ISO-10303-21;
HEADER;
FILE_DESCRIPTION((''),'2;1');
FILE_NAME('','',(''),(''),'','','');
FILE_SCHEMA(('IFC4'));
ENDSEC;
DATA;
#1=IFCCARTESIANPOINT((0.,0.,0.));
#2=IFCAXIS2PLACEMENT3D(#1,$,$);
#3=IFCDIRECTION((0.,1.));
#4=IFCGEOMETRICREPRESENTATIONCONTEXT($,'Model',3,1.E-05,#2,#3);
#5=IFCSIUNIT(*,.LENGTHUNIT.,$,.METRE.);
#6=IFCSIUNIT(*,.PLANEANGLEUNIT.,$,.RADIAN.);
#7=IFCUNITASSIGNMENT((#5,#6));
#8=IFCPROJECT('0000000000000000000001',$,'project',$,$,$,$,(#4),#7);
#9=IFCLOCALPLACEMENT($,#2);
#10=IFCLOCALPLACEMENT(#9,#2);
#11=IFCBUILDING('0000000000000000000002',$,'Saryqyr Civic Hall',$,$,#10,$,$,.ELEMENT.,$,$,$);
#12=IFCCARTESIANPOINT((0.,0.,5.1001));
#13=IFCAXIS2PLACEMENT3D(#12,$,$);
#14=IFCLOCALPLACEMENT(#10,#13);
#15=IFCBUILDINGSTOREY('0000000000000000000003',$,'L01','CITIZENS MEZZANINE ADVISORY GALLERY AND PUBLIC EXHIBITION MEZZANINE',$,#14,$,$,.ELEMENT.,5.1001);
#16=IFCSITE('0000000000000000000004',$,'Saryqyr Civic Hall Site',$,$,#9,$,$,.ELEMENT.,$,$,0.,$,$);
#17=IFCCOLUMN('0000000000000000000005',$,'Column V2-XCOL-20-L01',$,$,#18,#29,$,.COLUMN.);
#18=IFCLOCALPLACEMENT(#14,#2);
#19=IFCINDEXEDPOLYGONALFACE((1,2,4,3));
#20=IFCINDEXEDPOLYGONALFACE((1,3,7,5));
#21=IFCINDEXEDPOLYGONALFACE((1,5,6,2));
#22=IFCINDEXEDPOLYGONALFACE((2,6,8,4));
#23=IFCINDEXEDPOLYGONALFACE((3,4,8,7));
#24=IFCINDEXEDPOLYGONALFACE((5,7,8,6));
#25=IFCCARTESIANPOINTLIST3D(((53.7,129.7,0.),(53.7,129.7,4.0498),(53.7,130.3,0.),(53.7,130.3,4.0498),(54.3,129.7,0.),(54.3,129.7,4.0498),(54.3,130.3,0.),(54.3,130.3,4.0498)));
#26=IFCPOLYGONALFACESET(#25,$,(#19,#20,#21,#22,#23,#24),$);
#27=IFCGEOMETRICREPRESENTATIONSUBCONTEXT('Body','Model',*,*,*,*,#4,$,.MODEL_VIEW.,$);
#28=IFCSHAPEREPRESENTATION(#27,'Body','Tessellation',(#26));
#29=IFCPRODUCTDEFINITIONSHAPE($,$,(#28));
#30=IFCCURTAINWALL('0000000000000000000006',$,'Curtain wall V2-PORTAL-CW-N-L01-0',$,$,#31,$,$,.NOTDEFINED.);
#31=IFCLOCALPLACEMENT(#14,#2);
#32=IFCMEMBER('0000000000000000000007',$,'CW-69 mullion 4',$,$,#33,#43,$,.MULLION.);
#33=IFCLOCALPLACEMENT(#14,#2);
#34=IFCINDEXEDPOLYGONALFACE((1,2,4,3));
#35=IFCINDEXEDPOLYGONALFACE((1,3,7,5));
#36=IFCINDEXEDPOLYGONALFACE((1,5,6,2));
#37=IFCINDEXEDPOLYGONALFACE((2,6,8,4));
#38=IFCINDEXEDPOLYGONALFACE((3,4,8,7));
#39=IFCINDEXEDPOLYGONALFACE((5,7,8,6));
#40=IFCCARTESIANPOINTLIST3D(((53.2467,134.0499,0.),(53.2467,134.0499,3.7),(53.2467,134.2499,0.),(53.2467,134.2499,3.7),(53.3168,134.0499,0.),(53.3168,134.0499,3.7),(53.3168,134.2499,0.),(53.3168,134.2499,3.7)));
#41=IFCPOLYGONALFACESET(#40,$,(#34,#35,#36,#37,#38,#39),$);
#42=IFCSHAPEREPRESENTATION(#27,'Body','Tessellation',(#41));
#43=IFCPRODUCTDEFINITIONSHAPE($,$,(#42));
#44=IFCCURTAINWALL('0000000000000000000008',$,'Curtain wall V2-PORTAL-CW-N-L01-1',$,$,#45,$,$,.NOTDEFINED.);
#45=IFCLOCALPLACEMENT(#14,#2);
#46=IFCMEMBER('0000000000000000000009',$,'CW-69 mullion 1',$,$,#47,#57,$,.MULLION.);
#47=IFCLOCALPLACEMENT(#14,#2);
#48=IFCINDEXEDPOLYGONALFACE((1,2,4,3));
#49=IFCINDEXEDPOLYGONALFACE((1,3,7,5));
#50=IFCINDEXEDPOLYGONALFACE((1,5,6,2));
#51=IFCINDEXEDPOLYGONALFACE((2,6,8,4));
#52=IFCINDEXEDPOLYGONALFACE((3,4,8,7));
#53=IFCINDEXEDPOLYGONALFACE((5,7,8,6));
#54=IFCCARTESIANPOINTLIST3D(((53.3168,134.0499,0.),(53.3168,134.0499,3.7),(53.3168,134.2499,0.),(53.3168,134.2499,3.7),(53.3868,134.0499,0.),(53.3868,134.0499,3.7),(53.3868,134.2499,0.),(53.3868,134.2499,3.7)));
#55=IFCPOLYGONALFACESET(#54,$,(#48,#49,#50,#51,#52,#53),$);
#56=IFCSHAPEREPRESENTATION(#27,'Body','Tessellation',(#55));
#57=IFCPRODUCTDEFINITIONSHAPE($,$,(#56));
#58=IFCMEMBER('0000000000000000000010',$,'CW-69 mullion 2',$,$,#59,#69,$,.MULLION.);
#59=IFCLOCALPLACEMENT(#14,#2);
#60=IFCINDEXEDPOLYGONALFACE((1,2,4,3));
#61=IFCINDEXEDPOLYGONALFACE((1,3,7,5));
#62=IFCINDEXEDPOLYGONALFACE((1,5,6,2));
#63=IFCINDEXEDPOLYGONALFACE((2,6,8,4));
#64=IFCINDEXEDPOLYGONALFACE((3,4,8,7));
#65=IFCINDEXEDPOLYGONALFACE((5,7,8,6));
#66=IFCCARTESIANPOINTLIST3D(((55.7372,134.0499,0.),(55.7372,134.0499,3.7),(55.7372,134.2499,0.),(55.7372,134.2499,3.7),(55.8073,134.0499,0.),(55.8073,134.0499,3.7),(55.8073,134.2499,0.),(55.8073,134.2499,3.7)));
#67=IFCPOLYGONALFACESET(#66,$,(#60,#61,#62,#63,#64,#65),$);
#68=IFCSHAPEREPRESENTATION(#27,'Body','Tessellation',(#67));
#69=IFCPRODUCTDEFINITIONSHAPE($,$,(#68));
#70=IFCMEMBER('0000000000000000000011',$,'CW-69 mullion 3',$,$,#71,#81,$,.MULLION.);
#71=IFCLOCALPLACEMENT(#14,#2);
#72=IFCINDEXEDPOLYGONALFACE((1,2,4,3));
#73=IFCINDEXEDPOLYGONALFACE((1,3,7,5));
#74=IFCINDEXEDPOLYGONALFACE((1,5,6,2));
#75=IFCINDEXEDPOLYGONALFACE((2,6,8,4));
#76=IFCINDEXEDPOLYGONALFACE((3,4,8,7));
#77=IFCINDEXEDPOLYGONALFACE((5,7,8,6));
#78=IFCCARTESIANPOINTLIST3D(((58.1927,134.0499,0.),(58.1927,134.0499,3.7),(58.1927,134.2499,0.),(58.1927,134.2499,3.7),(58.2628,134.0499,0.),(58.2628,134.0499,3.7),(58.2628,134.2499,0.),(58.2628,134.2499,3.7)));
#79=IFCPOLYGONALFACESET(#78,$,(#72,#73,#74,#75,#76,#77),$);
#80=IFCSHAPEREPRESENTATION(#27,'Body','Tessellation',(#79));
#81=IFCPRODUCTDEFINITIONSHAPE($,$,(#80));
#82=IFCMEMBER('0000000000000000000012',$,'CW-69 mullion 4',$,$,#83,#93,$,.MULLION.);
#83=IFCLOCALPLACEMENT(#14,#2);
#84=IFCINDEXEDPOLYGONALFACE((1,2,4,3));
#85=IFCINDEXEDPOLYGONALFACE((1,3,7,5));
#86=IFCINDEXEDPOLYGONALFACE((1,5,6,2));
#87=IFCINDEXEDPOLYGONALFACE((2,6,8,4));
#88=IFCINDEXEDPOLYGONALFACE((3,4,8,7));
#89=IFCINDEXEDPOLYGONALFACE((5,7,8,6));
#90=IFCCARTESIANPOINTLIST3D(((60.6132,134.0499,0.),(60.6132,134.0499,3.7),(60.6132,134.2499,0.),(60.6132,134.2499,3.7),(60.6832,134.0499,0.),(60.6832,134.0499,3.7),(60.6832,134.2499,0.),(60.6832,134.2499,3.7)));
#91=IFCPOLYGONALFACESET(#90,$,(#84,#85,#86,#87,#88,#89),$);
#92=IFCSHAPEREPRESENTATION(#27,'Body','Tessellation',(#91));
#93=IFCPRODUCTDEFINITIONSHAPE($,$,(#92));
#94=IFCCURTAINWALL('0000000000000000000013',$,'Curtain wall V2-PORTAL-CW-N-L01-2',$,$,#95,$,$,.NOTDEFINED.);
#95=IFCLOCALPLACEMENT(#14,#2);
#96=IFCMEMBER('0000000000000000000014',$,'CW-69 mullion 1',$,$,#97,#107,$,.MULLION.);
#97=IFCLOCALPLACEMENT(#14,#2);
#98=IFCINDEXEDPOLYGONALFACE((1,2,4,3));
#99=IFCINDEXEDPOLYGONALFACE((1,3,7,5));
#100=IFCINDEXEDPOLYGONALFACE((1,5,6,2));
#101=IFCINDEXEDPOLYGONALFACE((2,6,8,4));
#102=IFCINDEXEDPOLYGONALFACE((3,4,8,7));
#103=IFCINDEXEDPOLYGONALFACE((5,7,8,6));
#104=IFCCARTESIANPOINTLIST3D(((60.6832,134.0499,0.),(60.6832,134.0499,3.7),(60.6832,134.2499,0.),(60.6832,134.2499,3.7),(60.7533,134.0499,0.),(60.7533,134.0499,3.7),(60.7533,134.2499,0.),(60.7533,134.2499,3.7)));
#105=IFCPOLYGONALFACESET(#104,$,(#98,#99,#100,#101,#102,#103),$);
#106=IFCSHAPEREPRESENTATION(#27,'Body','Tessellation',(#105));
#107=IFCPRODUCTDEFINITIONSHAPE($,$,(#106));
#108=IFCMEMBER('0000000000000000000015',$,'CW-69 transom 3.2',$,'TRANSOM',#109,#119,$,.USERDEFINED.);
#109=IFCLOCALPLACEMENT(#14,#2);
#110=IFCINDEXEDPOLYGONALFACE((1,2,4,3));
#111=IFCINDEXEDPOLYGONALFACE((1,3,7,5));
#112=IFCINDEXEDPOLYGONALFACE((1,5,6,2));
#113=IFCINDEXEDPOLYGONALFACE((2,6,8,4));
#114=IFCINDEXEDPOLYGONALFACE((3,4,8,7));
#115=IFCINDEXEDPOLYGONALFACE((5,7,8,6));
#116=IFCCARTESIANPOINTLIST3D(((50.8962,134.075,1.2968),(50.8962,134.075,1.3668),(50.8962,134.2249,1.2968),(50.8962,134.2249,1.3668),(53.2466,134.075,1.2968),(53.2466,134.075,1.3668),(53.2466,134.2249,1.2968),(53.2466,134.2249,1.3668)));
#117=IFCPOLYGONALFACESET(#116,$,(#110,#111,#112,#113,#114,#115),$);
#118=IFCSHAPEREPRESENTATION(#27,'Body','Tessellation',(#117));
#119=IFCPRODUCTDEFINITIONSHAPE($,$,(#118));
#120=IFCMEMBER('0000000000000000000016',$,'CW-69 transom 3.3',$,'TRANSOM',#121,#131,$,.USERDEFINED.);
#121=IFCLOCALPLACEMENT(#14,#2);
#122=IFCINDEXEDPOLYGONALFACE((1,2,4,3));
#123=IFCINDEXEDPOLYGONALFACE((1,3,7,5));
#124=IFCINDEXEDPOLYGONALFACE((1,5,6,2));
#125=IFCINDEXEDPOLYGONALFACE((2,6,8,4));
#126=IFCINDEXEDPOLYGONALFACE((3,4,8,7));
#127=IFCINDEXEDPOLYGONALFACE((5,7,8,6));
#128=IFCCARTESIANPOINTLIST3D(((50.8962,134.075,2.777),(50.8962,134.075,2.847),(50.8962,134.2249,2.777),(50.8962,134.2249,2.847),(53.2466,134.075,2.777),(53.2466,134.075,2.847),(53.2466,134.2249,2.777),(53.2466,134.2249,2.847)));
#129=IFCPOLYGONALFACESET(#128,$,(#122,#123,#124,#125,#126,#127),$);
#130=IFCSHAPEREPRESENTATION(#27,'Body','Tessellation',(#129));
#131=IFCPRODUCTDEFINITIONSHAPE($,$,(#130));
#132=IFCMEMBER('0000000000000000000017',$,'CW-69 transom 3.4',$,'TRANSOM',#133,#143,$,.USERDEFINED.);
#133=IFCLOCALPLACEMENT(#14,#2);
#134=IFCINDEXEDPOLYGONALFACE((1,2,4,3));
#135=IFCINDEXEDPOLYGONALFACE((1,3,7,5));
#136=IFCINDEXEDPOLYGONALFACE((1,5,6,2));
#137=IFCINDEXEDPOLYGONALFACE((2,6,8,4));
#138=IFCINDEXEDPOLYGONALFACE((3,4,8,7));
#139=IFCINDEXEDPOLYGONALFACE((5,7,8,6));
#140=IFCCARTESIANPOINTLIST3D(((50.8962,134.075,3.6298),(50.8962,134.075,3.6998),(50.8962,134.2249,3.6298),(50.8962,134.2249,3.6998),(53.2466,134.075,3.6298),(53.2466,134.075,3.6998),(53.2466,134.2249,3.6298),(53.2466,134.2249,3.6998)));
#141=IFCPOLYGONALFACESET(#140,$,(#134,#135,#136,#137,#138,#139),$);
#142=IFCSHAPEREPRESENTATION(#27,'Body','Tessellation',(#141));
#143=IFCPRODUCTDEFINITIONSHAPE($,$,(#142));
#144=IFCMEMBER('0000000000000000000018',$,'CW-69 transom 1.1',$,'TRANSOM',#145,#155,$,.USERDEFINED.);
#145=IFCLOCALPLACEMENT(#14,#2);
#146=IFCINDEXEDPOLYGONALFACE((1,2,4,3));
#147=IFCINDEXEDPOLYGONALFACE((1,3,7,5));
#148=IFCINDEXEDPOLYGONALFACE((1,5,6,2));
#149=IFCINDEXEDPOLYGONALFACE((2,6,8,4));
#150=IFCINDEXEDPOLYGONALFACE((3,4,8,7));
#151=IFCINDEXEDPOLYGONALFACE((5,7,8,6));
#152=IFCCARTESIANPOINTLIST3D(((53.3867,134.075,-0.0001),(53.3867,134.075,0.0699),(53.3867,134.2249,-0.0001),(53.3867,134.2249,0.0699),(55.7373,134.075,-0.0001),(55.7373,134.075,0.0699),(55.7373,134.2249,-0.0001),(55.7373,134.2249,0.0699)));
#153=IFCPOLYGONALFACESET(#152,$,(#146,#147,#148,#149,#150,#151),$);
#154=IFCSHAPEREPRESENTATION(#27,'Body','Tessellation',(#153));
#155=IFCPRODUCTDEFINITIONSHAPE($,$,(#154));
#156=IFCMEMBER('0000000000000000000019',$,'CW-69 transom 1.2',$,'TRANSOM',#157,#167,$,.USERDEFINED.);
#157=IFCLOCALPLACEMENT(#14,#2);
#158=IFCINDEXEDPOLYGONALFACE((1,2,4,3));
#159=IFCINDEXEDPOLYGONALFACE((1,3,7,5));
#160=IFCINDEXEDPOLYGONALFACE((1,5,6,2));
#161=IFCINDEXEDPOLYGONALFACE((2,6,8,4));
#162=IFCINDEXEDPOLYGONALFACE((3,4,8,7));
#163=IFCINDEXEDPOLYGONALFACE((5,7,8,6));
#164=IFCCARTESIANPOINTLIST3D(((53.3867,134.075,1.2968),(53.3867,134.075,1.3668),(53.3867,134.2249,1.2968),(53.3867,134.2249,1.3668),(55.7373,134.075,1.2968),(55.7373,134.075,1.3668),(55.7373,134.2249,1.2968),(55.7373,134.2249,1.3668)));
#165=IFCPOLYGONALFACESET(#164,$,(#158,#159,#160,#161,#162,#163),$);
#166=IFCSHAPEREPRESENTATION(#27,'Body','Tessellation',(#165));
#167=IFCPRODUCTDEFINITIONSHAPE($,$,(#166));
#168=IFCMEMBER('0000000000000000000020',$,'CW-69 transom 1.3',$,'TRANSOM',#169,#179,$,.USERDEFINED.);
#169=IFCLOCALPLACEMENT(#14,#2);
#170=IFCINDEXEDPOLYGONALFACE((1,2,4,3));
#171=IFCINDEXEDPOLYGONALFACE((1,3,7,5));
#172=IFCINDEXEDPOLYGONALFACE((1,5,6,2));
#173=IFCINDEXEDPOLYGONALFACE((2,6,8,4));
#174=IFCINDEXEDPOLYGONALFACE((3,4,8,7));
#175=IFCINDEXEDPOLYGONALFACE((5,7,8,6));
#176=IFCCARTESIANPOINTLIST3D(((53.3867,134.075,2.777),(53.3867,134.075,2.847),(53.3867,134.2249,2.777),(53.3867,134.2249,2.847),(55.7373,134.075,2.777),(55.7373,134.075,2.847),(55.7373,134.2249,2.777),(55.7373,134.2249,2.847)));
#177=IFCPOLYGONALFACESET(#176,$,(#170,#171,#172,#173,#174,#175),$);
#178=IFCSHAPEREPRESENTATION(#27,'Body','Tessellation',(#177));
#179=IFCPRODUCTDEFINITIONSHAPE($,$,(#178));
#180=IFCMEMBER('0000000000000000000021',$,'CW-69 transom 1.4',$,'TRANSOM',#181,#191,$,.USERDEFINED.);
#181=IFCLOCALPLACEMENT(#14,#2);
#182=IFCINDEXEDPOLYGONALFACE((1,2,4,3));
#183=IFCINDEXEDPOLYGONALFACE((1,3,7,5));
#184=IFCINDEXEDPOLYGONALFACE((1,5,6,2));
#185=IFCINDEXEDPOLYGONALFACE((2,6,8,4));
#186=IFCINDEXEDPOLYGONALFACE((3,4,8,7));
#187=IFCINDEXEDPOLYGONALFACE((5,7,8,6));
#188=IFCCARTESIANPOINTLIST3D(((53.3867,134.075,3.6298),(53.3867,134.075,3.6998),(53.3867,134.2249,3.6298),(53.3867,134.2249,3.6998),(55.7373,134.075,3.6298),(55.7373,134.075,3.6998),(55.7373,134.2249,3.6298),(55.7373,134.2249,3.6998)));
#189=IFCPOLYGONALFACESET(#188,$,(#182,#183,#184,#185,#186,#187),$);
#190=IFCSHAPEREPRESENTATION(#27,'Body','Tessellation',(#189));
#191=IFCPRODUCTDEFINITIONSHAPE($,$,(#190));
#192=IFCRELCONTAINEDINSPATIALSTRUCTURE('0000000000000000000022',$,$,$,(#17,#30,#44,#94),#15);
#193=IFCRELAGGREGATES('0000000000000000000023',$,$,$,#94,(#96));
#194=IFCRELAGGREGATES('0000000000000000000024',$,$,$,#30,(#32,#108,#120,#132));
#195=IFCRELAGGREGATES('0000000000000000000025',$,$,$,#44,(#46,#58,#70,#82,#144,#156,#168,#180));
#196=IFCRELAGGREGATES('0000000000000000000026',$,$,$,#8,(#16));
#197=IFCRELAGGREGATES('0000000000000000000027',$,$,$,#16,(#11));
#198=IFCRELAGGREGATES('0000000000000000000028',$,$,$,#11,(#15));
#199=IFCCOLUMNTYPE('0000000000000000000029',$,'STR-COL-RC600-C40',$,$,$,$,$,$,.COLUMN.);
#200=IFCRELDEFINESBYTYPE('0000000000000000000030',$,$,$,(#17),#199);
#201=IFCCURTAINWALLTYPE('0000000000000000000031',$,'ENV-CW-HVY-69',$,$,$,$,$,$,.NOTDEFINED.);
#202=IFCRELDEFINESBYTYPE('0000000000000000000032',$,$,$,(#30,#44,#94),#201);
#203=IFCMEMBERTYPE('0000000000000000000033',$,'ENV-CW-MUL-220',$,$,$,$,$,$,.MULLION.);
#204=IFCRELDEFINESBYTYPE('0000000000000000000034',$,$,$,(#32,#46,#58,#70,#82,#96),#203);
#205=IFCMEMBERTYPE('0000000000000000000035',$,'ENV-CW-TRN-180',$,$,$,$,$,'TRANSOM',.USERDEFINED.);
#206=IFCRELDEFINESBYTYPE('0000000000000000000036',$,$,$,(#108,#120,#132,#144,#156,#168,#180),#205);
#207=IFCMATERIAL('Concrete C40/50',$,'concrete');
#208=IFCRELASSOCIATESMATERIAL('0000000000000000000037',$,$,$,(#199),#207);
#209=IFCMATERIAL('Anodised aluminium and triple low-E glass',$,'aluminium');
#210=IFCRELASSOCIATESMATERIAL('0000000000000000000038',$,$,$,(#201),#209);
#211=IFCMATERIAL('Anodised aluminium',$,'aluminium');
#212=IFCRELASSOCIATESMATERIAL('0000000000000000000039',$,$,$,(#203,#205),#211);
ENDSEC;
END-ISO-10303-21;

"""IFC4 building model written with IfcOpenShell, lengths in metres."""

from ifc_helpers import new_model, si_unit, direction, frame, origin, origin_2d, place, context, subcontext, project, spatial, rectangle, extrude, material, material_profile, profile_set, type_object, element, aggregate, save


model = new_model("IFC4")

# Units and contexts
model_context = context("Model", 3, precision=1e-05, world=origin(), true_north=direction((0.0, 1.0)))
body_context = subcontext(model_context, "Body", "Model", "MODEL_VIEW")
ifc_project = project(units=[si_unit("LENGTHUNIT", "METRE"), si_unit("PLANEANGLEUNIT", "RADIAN")], contexts=[model_context])

# Site, building, storey
site_placement = place(None, origin())
site = spatial("IfcSite", under=ifc_project, at=site_placement, Name="Saryqyr Civic Hall Site", CompositionType="ELEMENT", RefElevation=0.0)
building_placement = place(site_placement, origin())
building = spatial("IfcBuilding", under=site, at=building_placement, Name="Saryqyr Civic Hall", CompositionType="ELEMENT")
storey_placement = place(building_placement, frame((0.0, 0.0, 5.1001)))
storey = spatial("IfcBuildingStorey", under=building, at=storey_placement, Name="L01", Description="CITIZENS MEZZANINE ADVISORY GALLERY AND PUBLIC EXHIBITION MEZZANINE", CompositionType="ELEMENT", Elevation=5.1001)

# Column
ifc_material_1 = material(Name="Concrete C40/50", Category="concrete")
ifc_material_profile_1 = material_profile(ifc_material_1, rectangle(XDim=0.6001, YDim=0.6001, at=origin_2d()), Name="RC 600x600")
ifc_profile_set_1 = profile_set([ifc_material_profile_1], Name="Concrete C40/50")
column_type = type_object("IfcColumnType", Name="STR-COL-RC600-C40", PredefinedType="COLUMN", material=ifc_profile_set_1)
column_placement = place(storey_placement, frame((54.0, 130.0, 0.0), z_axis=(0.0, 0.0, 1.0), x_axis=(1.0, 0.0, 0.0)))
element("IfcColumn", 1, at=column_placement, inside=storey, type_object=column_type, Name="Column V2-XCOL-20-L01", PredefinedType="COLUMN", context=body_context, shape_type="SweptSolid", body=[
    extrude(rectangle(XDim=0.6001, YDim=0.6001, at=origin_2d()), origin(), (0.0, 0.0, 1.0), 4.0498),
])

# Curtain wall, member
ifc_material_2 = material(Name="Anodised aluminium and triple low-E glass", Category="aluminium")
curtain_wall_type = type_object("IfcCurtainWallType", Name="ENV-CW-HVY-69", PredefinedType="NOTDEFINED", material=ifc_material_2)
curtain_wall_1_placement = place(storey_placement, origin())
curtain_wall_1 = element("IfcCurtainWall", 2, at=curtain_wall_1_placement, inside=storey, type_object=curtain_wall_type, Name="Curtain wall V2-PORTAL-CW-N-L01-0", PredefinedType="NOTDEFINED")
ifc_material_3 = material(Name="Anodised aluminium", Category="aluminium")
ifc_material_profile_2 = material_profile(ifc_material_3, rectangle(XDim=0.0701, YDim=0.2, at=origin_2d()), Name="ALU MULLION 70x200")
ifc_profile_set_2 = profile_set([ifc_material_profile_2], Name="Anodised aluminium")
member_type_1 = type_object("IfcMemberType", Name="ENV-CW-MUL-220", PredefinedType="MULLION", material=ifc_profile_set_2)
member_1_placement = place(storey_placement, frame((53.2817, 134.1499, 0.0), z_axis=(0.0, 0.0, 1.0), x_axis=(1.0, 0.0, 0.0)))
member_1 = element("IfcMember", 3, at=member_1_placement, type_object=member_type_1, Name="CW-69 mullion 4", PredefinedType="MULLION", context=body_context, shape_type="SweptSolid", body=[
    extrude(rectangle(XDim=0.0701, YDim=0.2, at=origin_2d()), origin(), (0.0, 0.0, 1.0), 3.7),
])

# Curtain wall, members
curtain_wall_2_placement = place(storey_placement, origin())
curtain_wall_2 = element("IfcCurtainWall", 4, at=curtain_wall_2_placement, inside=storey, type_object=curtain_wall_type, Name="Curtain wall V2-PORTAL-CW-N-L01-1", PredefinedType="NOTDEFINED")
member_2_placement = place(storey_placement, frame((53.3518, 134.1499, 0.0), z_axis=(0.0, 0.0, 1.0), x_axis=(1.0, 0.0, 0.0)))
member_2 = element("IfcMember", 5, at=member_2_placement, type_object=member_type_1, Name="CW-69 mullion 1", PredefinedType="MULLION", context=body_context, shape_type="SweptSolid", body=[
    extrude(rectangle(XDim=0.0701, YDim=0.2, at=origin_2d()), origin(), (0.0, 0.0, 1.0), 3.7),
])
member_3_placement = place(storey_placement, frame((55.7722, 134.1499, 0.0), z_axis=(0.0, 0.0, 1.0), x_axis=(1.0, 0.0, 0.0)))
member_3 = element("IfcMember", 6, at=member_3_placement, type_object=member_type_1, Name="CW-69 mullion 2", PredefinedType="MULLION", context=body_context, shape_type="SweptSolid", body=[
    extrude(rectangle(XDim=0.0701, YDim=0.2, at=origin_2d()), origin(), (0.0, 0.0, 1.0), 3.7),
])
member_4_placement = place(storey_placement, frame((58.2278, 134.1499, 0.0), z_axis=(0.0, 0.0, 1.0), x_axis=(1.0, 0.0, 0.0)))
member_4 = element("IfcMember", 7, at=member_4_placement, type_object=member_type_1, Name="CW-69 mullion 3", PredefinedType="MULLION", context=body_context, shape_type="SweptSolid", body=[
    extrude(rectangle(XDim=0.0701, YDim=0.2, at=origin_2d()), origin(), (0.0, 0.0, 1.0), 3.7),
])
member_5_placement = place(storey_placement, frame((60.6482, 134.1499, 0.0), z_axis=(0.0, 0.0, 1.0), x_axis=(1.0, 0.0, 0.0)))
member_5 = element("IfcMember", 8, at=member_5_placement, type_object=member_type_1, Name="CW-69 mullion 4", PredefinedType="MULLION", context=body_context, shape_type="SweptSolid", body=[
    extrude(rectangle(XDim=0.0701, YDim=0.2, at=origin_2d()), origin(), (0.0, 0.0, 1.0), 3.7),
])

# Curtain wall, member
curtain_wall_3_placement = place(storey_placement, origin())
curtain_wall_3 = element("IfcCurtainWall", 9, at=curtain_wall_3_placement, inside=storey, type_object=curtain_wall_type, Name="Curtain wall V2-PORTAL-CW-N-L01-2", PredefinedType="NOTDEFINED")
member_6_placement = place(storey_placement, frame((60.7183, 134.1499, 0.0), z_axis=(0.0, 0.0, 1.0), x_axis=(1.0, 0.0, 0.0)))
member_6 = element("IfcMember", 10, at=member_6_placement, type_object=member_type_1, Name="CW-69 mullion 1", PredefinedType="MULLION", context=body_context, shape_type="SweptSolid", body=[
    extrude(rectangle(XDim=0.0701, YDim=0.2, at=origin_2d()), origin(), (0.0, 0.0, 1.0), 3.7),
])
aggregate(curtain_wall_3, [member_6])

# Members
ifc_material_profile_3 = material_profile(ifc_material_3, rectangle(XDim=0.1499, YDim=0.0701, at=origin_2d()), Name="ALU TRANSOM 150x70")
ifc_profile_set_3 = profile_set([ifc_material_profile_3], Name="Anodised aluminium")
member_type_2 = type_object("IfcMemberType", Name="ENV-CW-TRN-180", ElementType="TRANSOM", PredefinedType="USERDEFINED", material=ifc_profile_set_3)
member_7_placement = place(storey_placement, frame((50.8962, 134.1499, 1.3318), z_axis=(1.0, 0.0, 0.0), x_axis=(0.0, 1.0, 0.0)))
member_7 = element("IfcMember", 11, at=member_7_placement, type_object=member_type_2, Name="CW-69 transom 3.2", ObjectType="TRANSOM", PredefinedType="USERDEFINED", context=body_context, shape_type="SweptSolid", body=[
    extrude(rectangle(XDim=0.1499, YDim=0.0701, at=origin_2d()), origin(), (0.0, 0.0, 1.0), 2.3503),
])
member_8_placement = place(storey_placement, frame((50.8962, 134.1499, 2.812), z_axis=(1.0, 0.0, 0.0), x_axis=(0.0, 1.0, 0.0)))
member_8 = element("IfcMember", 12, at=member_8_placement, type_object=member_type_2, Name="CW-69 transom 3.3", ObjectType="TRANSOM", PredefinedType="USERDEFINED", context=body_context, shape_type="SweptSolid", body=[
    extrude(rectangle(XDim=0.1499, YDim=0.0701, at=origin_2d()), origin(), (0.0, 0.0, 1.0), 2.3503),
])
member_9_placement = place(storey_placement, frame((50.8962, 134.1499, 3.6648), z_axis=(1.0, 0.0, 0.0), x_axis=(0.0, 1.0, 0.0)))
member_9 = element("IfcMember", 13, at=member_9_placement, type_object=member_type_2, Name="CW-69 transom 3.4", ObjectType="TRANSOM", PredefinedType="USERDEFINED", context=body_context, shape_type="SweptSolid", body=[
    extrude(rectangle(XDim=0.1499, YDim=0.0701, at=origin_2d()), origin(), (0.0, 0.0, 1.0), 2.3503),
])
member_10_placement = place(storey_placement, frame((53.3867, 134.1499, 0.0349), z_axis=(1.0, 0.0, 0.0), x_axis=(0.0, 1.0, 0.0)))
member_10 = element("IfcMember", 14, at=member_10_placement, type_object=member_type_2, Name="CW-69 transom 1.1", ObjectType="TRANSOM", PredefinedType="USERDEFINED", context=body_context, shape_type="SweptSolid", body=[
    extrude(rectangle(XDim=0.1499, YDim=0.0701, at=origin_2d()), origin(), (0.0, 0.0, 1.0), 2.3506),
])
member_11_placement = place(storey_placement, frame((53.3867, 134.1499, 1.3318), z_axis=(1.0, 0.0, 0.0), x_axis=(0.0, 1.0, 0.0)))
member_11 = element("IfcMember", 15, at=member_11_placement, type_object=member_type_2, Name="CW-69 transom 1.2", ObjectType="TRANSOM", PredefinedType="USERDEFINED", context=body_context, shape_type="SweptSolid", body=[
    extrude(rectangle(XDim=0.1499, YDim=0.0701, at=origin_2d()), origin(), (0.0, 0.0, 1.0), 2.3506),
])
member_12_placement = place(storey_placement, frame((53.3867, 134.1499, 2.812), z_axis=(1.0, 0.0, 0.0), x_axis=(0.0, 1.0, 0.0)))
member_12 = element("IfcMember", 16, at=member_12_placement, type_object=member_type_2, Name="CW-69 transom 1.3", ObjectType="TRANSOM", PredefinedType="USERDEFINED", context=body_context, shape_type="SweptSolid", body=[
    extrude(rectangle(XDim=0.1499, YDim=0.0701, at=origin_2d()), origin(), (0.0, 0.0, 1.0), 2.3506),
])
member_13_placement = place(storey_placement, frame((53.3867, 134.1499, 3.6648), z_axis=(1.0, 0.0, 0.0), x_axis=(0.0, 1.0, 0.0)))
member_13 = element("IfcMember", 17, at=member_13_placement, type_object=member_type_2, Name="CW-69 transom 1.4", ObjectType="TRANSOM", PredefinedType="USERDEFINED", context=body_context, shape_type="SweptSolid", body=[
    extrude(rectangle(XDim=0.1499, YDim=0.0701, at=origin_2d()), origin(), (0.0, 0.0, 1.0), 2.3506),
])

aggregate(curtain_wall_1, [member_1, member_7, member_8, member_9])
aggregate(curtain_wall_2, [member_2, member_3, member_4, member_5, member_10, member_11, member_12, member_13])

save(model, "model.ifc")
